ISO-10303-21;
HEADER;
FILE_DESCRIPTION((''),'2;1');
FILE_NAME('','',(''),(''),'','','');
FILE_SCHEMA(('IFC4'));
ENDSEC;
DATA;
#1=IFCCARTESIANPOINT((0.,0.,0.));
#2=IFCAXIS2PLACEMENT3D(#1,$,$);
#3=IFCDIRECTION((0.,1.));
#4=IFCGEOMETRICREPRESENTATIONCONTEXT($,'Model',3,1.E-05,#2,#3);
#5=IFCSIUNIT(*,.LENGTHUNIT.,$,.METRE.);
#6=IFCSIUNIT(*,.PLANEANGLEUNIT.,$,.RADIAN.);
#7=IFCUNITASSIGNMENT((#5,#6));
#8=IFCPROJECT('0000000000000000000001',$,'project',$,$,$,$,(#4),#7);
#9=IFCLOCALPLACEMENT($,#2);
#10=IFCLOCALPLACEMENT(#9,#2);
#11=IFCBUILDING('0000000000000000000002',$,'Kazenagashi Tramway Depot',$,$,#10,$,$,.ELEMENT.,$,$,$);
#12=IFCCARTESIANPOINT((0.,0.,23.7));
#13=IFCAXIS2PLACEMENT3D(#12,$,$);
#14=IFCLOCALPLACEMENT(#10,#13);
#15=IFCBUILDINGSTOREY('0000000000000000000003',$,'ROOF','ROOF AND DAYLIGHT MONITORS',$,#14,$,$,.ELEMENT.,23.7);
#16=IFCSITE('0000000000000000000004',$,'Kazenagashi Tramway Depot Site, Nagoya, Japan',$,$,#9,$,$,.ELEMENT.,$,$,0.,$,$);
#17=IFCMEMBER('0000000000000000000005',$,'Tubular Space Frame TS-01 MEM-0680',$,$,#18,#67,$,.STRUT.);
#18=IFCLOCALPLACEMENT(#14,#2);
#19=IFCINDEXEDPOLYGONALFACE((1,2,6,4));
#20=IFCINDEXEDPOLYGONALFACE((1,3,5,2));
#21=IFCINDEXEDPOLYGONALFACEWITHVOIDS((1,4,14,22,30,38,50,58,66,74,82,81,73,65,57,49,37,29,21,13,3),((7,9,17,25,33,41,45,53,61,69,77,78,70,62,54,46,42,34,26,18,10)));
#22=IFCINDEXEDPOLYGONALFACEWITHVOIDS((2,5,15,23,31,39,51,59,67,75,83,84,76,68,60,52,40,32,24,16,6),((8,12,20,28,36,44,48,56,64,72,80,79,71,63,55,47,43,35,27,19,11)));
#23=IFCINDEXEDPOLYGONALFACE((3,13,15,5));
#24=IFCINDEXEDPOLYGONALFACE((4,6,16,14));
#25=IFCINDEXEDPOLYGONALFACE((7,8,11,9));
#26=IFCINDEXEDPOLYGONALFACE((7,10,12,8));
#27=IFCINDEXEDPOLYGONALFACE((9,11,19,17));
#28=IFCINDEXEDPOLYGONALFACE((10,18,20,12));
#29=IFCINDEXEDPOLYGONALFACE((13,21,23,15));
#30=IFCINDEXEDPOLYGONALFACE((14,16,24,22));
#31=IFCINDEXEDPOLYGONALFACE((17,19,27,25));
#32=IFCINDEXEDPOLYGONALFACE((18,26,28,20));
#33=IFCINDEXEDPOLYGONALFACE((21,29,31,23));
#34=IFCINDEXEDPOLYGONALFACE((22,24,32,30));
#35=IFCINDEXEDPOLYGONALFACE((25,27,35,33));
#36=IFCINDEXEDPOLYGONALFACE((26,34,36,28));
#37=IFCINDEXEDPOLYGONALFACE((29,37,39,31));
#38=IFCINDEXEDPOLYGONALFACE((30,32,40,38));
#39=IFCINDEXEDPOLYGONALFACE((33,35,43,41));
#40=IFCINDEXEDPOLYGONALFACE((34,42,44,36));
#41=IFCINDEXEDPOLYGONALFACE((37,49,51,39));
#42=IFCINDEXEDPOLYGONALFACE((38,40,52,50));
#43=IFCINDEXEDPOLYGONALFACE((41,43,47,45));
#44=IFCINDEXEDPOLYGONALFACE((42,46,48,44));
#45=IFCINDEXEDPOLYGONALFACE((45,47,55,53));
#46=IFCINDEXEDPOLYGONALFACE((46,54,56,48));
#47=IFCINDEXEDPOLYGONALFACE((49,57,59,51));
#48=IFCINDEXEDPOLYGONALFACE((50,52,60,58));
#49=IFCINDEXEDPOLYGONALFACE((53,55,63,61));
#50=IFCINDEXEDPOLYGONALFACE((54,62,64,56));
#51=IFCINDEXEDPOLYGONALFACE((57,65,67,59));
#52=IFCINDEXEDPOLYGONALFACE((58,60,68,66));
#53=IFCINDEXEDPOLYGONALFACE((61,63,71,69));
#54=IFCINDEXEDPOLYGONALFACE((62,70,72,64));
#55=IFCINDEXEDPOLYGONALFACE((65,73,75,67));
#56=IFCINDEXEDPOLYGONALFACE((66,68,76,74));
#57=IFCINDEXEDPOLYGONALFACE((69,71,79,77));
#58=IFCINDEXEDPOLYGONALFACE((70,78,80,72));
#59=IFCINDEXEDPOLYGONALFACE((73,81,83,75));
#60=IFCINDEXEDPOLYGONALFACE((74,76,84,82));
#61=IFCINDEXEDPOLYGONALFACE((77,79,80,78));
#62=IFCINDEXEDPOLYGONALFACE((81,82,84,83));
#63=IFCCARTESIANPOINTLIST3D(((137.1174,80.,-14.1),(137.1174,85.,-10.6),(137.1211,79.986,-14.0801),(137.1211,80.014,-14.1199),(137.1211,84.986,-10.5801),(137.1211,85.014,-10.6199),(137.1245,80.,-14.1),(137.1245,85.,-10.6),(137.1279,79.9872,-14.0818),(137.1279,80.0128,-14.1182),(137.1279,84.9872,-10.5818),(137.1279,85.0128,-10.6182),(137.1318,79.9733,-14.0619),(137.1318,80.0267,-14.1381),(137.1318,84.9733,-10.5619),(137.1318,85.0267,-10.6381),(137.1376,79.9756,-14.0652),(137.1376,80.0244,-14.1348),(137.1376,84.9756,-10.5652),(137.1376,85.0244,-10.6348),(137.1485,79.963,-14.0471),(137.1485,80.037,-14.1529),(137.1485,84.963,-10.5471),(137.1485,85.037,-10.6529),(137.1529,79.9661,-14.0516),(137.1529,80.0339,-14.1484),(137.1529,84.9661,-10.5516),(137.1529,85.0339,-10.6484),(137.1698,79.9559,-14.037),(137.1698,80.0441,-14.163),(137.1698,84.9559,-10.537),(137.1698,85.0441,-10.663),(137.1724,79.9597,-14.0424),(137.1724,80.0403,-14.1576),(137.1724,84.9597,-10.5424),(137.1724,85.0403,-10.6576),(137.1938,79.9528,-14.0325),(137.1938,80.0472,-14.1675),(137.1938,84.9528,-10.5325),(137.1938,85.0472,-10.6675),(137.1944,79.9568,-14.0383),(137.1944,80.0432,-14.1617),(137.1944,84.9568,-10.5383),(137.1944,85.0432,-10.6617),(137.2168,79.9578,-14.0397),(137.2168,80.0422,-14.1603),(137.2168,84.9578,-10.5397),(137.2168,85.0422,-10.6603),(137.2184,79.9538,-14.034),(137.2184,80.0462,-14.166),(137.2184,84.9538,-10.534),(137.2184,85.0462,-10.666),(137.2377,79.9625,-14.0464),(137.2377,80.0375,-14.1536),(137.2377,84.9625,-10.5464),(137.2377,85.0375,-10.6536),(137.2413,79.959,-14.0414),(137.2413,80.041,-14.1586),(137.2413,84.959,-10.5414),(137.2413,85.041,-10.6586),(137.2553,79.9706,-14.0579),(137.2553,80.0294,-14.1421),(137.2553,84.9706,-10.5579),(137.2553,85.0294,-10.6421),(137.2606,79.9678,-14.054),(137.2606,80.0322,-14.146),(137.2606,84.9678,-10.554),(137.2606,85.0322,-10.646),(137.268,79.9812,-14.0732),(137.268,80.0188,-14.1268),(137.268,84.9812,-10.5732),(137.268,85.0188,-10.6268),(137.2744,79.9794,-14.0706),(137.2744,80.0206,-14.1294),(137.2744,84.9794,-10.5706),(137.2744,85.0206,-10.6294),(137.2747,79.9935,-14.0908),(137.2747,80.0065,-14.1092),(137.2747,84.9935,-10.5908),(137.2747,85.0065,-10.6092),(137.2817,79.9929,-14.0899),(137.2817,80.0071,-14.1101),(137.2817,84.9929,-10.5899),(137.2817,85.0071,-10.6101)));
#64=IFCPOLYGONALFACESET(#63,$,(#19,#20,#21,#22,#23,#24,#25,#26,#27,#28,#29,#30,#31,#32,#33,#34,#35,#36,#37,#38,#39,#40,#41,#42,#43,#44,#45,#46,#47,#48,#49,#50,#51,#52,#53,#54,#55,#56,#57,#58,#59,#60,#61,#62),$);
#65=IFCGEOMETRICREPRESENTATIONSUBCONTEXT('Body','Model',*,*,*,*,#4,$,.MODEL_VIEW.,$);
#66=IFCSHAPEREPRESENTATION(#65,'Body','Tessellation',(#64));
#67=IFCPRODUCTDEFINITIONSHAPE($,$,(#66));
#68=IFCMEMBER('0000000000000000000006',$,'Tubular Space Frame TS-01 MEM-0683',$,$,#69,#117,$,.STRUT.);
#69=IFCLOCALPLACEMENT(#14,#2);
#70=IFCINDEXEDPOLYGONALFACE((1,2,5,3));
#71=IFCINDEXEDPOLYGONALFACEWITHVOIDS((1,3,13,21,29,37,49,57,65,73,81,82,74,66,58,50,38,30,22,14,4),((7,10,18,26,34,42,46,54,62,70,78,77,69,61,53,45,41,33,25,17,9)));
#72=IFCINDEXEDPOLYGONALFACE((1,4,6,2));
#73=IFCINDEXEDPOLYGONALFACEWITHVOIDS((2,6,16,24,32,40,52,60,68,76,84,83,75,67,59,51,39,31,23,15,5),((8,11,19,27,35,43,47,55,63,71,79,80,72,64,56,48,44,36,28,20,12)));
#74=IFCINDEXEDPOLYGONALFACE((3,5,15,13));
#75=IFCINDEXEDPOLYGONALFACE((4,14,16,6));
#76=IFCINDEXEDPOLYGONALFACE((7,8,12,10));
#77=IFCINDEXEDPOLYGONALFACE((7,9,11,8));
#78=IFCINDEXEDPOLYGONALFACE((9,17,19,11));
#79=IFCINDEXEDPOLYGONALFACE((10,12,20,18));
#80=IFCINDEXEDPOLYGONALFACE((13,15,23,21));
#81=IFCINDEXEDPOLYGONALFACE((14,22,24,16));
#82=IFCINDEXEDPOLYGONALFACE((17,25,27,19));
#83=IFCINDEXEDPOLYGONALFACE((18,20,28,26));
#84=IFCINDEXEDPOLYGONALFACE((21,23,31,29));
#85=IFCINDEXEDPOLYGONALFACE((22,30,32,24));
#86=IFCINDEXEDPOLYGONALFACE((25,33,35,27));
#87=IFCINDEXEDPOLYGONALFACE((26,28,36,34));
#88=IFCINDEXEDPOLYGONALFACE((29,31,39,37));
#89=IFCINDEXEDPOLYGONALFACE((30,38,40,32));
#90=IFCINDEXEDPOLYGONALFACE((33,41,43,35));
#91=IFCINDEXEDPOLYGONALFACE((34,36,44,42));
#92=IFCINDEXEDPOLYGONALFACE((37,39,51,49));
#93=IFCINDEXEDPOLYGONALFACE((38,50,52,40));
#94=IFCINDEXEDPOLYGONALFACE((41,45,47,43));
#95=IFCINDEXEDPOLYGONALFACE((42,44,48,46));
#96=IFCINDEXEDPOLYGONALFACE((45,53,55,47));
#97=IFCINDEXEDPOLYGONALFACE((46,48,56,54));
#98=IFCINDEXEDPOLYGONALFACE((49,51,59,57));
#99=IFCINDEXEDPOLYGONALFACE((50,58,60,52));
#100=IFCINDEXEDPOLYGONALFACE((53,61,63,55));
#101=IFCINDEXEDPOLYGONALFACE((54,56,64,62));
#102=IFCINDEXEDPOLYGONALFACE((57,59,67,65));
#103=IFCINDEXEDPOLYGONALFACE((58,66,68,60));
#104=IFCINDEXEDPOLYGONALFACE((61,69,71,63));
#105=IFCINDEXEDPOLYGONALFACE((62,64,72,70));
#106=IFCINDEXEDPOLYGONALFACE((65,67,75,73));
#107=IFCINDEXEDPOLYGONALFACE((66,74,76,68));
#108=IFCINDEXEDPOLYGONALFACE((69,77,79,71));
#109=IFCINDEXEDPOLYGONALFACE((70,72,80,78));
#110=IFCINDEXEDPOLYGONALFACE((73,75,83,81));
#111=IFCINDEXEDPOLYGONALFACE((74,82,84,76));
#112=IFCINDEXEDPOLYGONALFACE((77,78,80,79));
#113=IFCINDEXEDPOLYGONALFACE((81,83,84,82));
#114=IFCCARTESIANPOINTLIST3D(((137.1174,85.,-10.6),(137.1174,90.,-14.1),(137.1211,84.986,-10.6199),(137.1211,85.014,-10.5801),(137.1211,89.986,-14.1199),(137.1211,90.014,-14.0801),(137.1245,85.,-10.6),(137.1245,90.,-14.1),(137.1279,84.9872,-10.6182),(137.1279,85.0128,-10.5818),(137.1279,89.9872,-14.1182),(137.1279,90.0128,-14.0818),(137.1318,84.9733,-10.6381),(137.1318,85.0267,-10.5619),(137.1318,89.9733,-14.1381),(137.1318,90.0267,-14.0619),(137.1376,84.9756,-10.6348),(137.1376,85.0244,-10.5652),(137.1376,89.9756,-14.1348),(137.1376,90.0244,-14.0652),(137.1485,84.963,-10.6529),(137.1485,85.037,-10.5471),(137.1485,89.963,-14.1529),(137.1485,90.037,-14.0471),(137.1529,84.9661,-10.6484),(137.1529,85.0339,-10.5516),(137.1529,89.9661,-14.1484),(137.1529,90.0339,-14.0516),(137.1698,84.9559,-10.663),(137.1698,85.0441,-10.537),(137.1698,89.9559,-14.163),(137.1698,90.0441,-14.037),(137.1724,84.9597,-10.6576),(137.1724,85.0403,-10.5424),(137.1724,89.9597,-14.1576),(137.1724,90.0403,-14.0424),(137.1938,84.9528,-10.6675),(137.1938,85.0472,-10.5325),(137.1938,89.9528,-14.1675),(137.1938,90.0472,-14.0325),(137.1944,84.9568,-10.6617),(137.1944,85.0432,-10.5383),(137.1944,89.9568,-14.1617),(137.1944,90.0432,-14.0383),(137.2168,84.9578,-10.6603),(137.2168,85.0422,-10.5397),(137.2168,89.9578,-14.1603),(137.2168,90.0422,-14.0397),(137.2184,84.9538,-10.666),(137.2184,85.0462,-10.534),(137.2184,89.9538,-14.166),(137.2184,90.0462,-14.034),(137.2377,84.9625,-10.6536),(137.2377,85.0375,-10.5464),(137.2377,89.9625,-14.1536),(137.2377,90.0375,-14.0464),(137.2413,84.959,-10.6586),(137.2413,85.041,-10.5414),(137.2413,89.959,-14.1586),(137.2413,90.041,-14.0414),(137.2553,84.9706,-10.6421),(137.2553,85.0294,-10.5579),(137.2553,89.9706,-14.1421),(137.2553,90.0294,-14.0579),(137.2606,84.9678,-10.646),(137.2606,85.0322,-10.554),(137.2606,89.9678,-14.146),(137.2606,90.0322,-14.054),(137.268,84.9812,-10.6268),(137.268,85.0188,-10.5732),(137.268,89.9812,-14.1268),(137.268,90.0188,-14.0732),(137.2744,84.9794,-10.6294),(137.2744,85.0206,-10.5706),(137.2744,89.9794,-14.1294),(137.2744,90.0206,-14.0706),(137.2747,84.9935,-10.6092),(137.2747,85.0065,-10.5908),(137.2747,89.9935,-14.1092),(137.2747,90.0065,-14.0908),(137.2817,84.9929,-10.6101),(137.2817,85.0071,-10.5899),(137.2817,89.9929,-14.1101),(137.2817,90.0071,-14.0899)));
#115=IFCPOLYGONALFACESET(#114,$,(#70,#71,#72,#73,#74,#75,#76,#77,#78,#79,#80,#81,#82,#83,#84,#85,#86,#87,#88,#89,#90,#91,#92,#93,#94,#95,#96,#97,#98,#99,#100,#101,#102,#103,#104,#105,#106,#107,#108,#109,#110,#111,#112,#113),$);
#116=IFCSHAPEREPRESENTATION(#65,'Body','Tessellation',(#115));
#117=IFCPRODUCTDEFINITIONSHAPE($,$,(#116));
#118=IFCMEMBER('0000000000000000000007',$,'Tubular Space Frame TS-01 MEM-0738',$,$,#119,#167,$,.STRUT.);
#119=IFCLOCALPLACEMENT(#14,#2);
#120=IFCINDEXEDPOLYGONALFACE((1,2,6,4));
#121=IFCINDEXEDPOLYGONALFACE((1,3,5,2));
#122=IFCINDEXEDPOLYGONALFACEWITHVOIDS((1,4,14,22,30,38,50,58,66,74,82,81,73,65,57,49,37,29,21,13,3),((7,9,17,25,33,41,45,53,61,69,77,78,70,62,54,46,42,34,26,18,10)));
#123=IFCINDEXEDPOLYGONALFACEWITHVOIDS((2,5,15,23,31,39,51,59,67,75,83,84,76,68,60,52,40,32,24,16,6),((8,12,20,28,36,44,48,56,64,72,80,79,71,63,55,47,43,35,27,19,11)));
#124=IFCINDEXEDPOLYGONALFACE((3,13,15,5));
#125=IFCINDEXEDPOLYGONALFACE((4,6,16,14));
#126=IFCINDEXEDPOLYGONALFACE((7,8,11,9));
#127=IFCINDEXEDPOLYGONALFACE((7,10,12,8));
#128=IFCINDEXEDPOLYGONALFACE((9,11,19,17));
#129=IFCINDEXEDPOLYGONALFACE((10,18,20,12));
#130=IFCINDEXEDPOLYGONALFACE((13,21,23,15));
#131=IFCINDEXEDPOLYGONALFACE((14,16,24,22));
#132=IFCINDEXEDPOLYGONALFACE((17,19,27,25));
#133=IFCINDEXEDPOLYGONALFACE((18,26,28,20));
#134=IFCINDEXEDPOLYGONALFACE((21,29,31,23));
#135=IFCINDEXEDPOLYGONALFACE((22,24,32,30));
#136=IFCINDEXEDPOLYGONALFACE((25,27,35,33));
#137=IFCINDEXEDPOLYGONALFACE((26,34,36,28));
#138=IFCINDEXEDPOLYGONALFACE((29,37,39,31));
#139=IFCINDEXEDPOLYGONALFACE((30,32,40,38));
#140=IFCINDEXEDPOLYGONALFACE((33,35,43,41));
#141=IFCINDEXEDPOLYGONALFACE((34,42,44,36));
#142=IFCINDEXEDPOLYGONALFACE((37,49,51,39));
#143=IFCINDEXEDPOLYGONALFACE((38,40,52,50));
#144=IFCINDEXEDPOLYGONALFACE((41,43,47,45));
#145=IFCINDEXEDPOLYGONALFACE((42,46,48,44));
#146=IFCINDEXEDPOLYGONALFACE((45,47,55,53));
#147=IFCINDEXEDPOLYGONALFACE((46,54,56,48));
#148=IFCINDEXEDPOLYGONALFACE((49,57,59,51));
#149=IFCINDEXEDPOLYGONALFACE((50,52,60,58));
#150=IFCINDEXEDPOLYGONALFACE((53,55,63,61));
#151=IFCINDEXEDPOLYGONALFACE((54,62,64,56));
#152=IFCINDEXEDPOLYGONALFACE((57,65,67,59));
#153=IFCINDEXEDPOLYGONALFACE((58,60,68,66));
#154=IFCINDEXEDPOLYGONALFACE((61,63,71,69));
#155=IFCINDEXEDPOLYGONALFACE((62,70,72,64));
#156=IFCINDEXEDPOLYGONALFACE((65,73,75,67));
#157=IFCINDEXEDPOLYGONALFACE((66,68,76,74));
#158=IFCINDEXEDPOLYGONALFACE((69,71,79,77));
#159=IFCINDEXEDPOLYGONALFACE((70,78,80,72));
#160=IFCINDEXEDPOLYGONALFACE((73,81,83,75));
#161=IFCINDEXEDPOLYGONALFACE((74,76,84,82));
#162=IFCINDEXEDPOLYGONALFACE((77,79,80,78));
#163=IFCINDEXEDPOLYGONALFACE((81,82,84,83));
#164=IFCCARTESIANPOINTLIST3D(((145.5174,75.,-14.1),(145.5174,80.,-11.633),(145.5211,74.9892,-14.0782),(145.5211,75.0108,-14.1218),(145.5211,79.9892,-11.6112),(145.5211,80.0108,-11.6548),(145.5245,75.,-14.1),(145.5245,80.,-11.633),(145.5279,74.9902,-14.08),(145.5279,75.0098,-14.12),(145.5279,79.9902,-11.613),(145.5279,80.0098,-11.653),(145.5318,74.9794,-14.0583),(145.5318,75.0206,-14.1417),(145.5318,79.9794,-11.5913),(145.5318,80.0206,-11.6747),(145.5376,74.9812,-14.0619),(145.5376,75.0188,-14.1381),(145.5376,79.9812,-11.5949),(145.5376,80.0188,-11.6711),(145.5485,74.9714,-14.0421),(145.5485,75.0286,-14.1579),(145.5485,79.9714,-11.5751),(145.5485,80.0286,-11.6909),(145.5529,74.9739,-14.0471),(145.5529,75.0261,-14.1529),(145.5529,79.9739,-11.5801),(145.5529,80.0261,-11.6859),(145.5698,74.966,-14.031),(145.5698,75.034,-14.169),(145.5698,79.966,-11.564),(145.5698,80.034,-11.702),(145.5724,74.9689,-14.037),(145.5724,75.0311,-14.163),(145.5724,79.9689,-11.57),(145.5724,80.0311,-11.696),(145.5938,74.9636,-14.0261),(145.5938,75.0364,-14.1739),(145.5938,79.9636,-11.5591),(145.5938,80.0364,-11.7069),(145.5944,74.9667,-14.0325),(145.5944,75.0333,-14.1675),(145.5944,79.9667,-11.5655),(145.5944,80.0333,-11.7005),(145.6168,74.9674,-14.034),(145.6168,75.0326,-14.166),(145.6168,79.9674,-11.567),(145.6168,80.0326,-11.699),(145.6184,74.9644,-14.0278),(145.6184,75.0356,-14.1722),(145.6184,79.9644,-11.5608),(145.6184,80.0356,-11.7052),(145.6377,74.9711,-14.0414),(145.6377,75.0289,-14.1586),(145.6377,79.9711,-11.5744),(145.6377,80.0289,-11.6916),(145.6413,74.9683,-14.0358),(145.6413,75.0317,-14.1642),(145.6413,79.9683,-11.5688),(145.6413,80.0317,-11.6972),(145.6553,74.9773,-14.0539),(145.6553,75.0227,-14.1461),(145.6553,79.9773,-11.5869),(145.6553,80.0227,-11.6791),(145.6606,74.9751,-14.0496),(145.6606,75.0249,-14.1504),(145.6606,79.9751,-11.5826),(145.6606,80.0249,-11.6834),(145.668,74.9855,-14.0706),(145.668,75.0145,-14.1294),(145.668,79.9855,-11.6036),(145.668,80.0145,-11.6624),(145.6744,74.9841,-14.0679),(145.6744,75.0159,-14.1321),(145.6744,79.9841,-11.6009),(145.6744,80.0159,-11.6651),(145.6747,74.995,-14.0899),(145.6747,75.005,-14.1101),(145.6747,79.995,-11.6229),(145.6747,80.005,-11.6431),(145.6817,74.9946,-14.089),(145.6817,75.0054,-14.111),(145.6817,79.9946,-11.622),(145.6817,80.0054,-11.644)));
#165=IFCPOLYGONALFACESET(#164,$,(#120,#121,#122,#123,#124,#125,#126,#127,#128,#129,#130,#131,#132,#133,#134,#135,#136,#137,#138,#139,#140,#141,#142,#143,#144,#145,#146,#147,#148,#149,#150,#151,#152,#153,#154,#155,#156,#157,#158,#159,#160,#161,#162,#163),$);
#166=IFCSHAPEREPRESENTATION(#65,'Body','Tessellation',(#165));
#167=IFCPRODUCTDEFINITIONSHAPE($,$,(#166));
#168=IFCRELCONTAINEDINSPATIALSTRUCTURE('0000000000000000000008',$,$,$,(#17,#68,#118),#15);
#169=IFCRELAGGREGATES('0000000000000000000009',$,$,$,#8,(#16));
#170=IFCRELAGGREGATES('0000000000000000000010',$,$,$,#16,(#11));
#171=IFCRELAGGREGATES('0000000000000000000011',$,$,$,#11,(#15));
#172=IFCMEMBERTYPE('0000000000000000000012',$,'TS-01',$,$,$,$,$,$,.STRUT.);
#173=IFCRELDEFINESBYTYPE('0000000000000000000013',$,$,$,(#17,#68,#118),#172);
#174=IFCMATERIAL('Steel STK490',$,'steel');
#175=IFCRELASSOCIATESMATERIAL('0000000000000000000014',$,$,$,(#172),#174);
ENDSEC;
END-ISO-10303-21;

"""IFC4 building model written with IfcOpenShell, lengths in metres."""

from ifc_helpers import new_model, si_unit, direction, frame, origin, origin_2d, place, context, subcontext, project, spatial, hollow_circle, extrude, material, material_profile, profile_set, type_object, element, save


model = new_model("IFC4")

# Units and contexts
model_context = context("Model", 3, precision=1e-05, world=origin(), true_north=direction((0.0, 1.0)))
body_context = subcontext(model_context, "Body", "Model", "MODEL_VIEW")
ifc_project = project(units=[si_unit("LENGTHUNIT", "METRE"), si_unit("PLANEANGLEUNIT", "RADIAN")], contexts=[model_context])

# Site, building, storey
site_placement = place(None, origin())
site = spatial("IfcSite", under=ifc_project, at=site_placement, Name="Kazenagashi Tramway Depot Site, Nagoya, Japan", CompositionType="ELEMENT", RefElevation=0.0)
building_placement = place(site_placement, origin())
building = spatial("IfcBuilding", under=site, at=building_placement, Name="Kazenagashi Tramway Depot", CompositionType="ELEMENT")
storey_placement = place(building_placement, frame((0.0, 0.0, 23.7)))
storey = spatial("IfcBuildingStorey", under=building, at=storey_placement, Name="ROOF", Description="ROOF AND DAYLIGHT MONITORS", CompositionType="ELEMENT", Elevation=23.7)

# Members
ifc_material_1 = material(Name="Steel STK490", Category="steel")
ifc_material_profile_1 = material_profile(ifc_material_1, hollow_circle(Radius=0.0826, WallThickness=0.0071, at=origin_2d()), Name="CHS-165.2x7.1")
ifc_profile_set_1 = profile_set([ifc_material_profile_1], Name="Steel STK490")
member_type_1 = type_object("IfcMemberType", Name="TS-01", PredefinedType="STRUT", material=ifc_profile_set_1)
for number, where, z_axis, x_axis, name in (
    (1, (137.2, 80.0, -14.1), (0.0, 0.819232, 0.573462), (-1.0, 0.0, 0.0), "Tubular Space Frame TS-01 MEM-0680"),
    (2, (137.2, 85.0, -10.6), (0.0, 0.819232, -0.573462), (-1.0, 0.0, 0.0), "Tubular Space Frame TS-01 MEM-0683"),
):
    element("IfcMember", number, at=place(storey_placement, frame(where, z_axis=z_axis, x_axis=x_axis)), inside=storey, type_object=member_type_1, Name=name, PredefinedType="STRUT", context=body_context, shape_type="SweptSolid", body=[
        extrude(hollow_circle(Radius=0.0826, WallThickness=0.0071, at=origin_2d()), origin(), (0.0, 0.0, 1.0), 6.1033),
    ])
member_1_placement = place(storey_placement, frame((145.6, 75.0, -14.1), z_axis=(0.0, 0.896782, 0.442472), x_axis=(-1.0, 0.0, 0.0)))
element("IfcMember", 3, at=member_1_placement, inside=storey, type_object=member_type_1, Name="Tubular Space Frame TS-01 MEM-0738", PredefinedType="STRUT", context=body_context, shape_type="SweptSolid", body=[
    extrude(hollow_circle(Radius=0.0826, WallThickness=0.0071, at=origin_2d()), origin(), (0.0, 0.0, 1.0), 5.5755),
])

save(model, "model.ifc")
